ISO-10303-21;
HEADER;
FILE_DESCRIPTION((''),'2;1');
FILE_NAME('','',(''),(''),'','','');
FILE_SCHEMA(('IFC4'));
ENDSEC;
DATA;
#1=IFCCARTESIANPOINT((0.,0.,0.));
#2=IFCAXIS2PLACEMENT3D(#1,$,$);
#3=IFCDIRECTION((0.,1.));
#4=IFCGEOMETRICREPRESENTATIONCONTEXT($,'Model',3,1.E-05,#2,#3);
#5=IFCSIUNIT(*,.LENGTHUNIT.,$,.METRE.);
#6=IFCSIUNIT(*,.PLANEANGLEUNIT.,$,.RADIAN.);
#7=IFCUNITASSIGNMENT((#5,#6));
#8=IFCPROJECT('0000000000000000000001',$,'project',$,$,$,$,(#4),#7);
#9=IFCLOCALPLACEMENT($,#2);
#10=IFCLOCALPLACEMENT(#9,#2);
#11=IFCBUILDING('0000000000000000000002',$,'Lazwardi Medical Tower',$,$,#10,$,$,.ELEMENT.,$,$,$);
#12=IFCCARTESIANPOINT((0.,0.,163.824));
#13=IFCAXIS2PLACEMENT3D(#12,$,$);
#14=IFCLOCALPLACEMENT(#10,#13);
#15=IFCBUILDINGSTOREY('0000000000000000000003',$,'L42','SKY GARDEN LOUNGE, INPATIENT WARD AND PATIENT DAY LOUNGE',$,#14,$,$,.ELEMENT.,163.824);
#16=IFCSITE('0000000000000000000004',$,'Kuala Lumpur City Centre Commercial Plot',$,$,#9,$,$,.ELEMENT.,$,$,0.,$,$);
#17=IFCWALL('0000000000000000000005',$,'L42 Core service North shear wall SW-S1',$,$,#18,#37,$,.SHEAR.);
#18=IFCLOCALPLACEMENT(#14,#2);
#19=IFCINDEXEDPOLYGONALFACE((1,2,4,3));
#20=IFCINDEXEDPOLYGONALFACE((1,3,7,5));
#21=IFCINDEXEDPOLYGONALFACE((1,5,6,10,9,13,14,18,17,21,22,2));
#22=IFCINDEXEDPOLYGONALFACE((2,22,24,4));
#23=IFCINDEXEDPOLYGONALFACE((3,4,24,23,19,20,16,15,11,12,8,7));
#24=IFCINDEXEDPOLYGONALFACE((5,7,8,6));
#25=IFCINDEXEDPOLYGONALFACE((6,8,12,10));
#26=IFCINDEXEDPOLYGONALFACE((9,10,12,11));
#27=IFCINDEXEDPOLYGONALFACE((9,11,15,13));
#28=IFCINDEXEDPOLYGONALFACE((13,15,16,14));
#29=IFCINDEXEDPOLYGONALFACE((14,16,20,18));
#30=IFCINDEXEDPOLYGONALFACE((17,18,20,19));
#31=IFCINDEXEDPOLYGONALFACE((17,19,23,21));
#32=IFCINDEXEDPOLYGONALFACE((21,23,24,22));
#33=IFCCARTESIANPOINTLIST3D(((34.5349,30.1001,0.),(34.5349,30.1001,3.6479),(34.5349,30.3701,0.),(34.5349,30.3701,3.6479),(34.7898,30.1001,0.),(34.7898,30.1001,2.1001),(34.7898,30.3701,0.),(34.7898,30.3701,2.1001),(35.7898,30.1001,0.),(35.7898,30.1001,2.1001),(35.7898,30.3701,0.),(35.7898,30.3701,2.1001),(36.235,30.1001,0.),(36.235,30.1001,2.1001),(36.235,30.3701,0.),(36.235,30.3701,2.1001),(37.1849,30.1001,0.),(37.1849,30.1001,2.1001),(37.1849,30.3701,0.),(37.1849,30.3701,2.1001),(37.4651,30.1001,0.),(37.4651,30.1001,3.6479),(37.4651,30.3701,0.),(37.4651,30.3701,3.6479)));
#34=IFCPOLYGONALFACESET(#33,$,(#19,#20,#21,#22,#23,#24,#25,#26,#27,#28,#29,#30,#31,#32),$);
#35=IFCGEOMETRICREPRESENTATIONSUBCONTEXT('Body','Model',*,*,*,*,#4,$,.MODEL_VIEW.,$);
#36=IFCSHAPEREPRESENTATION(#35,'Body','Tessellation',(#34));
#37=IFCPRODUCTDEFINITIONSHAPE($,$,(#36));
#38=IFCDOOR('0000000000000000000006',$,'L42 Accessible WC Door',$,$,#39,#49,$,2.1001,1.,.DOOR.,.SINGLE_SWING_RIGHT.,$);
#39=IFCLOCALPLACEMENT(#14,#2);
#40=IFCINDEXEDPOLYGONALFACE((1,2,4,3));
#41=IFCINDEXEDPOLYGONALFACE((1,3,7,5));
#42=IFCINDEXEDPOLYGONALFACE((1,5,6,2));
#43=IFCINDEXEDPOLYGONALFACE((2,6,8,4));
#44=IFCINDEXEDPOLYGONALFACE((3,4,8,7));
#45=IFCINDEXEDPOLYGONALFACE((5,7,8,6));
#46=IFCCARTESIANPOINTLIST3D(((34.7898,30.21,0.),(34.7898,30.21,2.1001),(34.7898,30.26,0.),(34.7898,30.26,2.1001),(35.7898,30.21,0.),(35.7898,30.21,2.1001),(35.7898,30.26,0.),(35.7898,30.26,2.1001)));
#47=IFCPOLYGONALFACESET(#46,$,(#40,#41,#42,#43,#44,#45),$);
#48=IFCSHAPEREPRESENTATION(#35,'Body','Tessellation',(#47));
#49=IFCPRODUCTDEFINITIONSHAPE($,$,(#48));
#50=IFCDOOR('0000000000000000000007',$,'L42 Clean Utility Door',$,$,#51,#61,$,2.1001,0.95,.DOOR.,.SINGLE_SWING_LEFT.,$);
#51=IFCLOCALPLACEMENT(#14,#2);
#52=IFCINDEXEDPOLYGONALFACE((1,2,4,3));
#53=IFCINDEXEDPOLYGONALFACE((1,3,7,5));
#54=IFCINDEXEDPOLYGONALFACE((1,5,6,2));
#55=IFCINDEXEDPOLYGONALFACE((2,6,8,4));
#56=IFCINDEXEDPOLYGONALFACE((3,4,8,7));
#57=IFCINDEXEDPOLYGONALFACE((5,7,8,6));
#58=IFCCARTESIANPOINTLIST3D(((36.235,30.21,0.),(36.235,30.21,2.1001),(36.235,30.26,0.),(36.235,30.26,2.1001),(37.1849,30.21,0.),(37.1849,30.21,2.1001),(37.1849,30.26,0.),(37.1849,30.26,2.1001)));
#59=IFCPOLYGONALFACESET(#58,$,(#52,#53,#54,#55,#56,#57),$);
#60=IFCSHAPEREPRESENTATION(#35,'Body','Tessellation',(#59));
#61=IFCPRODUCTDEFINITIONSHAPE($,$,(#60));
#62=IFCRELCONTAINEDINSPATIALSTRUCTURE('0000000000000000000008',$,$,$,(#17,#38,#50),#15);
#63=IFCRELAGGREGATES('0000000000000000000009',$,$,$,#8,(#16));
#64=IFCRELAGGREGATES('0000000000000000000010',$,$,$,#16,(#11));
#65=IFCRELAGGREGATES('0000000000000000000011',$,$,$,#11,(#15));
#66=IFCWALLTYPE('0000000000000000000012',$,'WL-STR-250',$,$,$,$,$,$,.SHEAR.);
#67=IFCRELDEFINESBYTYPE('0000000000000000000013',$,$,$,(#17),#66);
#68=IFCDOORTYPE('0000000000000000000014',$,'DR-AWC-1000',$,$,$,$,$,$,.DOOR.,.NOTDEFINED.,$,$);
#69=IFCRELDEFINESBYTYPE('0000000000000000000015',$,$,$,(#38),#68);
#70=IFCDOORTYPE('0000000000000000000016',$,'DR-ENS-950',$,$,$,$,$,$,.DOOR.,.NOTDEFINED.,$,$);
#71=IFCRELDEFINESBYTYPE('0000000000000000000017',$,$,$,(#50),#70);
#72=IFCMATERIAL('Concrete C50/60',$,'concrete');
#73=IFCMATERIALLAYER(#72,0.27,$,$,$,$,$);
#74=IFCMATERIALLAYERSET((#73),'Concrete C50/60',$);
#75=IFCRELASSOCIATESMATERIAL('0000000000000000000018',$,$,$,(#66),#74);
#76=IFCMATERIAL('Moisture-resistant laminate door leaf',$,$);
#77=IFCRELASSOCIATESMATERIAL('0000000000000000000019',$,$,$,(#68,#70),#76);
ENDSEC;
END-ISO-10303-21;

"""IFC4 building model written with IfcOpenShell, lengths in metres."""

from ifc_helpers import new_model, si_unit, direction, frame, frame_2d, origin, place, context, subcontext, project, spatial, rectangle, extrude, material, layer, layer_set, type_object, element, fill, save


model = new_model("IFC4")

# Units and contexts
model_context = context("Model", 3, precision=1e-05, world=origin(), true_north=direction((0.0, 1.0)))
body_context = subcontext(model_context, "Body", "Model", "MODEL_VIEW")
ifc_project = project(units=[si_unit("LENGTHUNIT", "METRE"), si_unit("PLANEANGLEUNIT", "RADIAN")], contexts=[model_context])

# Site, building, storey
site_placement = place(None, origin())
site = spatial("IfcSite", under=ifc_project, at=site_placement, Name="Kuala Lumpur City Centre Commercial Plot", CompositionType="ELEMENT", RefElevation=0.0)
building_placement = place(site_placement, origin())
building = spatial("IfcBuilding", under=site, at=building_placement, Name="Lazwardi Medical Tower", CompositionType="ELEMENT")
storey_placement = place(building_placement, frame((0.0, 0.0, 163.824)))
storey = spatial("IfcBuildingStorey", under=building, at=storey_placement, Name="L42", Description="SKY GARDEN LOUNGE, INPATIENT WARD AND PATIENT DAY LOUNGE", CompositionType="ELEMENT", Elevation=163.824)

# Shared definitions
ifc_material_1 = material(Name="Concrete C50/60", Category="concrete")
ifc_layer_1 = layer(ifc_material_1, 0.27)
ifc_layer_set_1 = layer_set([ifc_layer_1], Name="Concrete C50/60")
wall_type_1 = type_object("IfcWallType", Name="WL-STR-250", PredefinedType="SHEAR", material=ifc_layer_set_1)

# Wall, openings, doors
wall_1_placement = place(storey_placement, frame((34.5349, 30.2351, 0.0), z_axis=(0.0, 0.0, 1.0), x_axis=(1.0, 0.0, 0.0)))
wall_1 = element("IfcWall", 1, at=wall_1_placement, inside=storey, type_object=wall_type_1, Name="L42 Core service North shear wall SW-S1", PredefinedType="SHEAR", context=body_context, shape_type="SweptSolid", body=[
    extrude(rectangle(XDim=2.9302, YDim=0.27, at=frame_2d((1.4651, 0.0))), origin(), (0.0, 0.0, 1.0), 3.6479),
])
opening_1_placement = place(wall_1_placement, frame((0.2549, 0.0, 0.0)))
opening_1 = element("IfcOpeningElement", 2, at=opening_1_placement, cuts=wall_1, PredefinedType="OPENING", context=body_context, shape_type="SweptSolid", body=[
    extrude(rectangle(XDim=1.0, YDim=2.1001, at=frame_2d((0.5, 1.05))), frame((0.0, 0.145, 0.0), z_axis=(0.0, -1.0, 0.0), x_axis=(1.0, 0.0, 0.0)), (0.0, 0.0, 1.0), 0.29),
])
opening_2_placement = place(wall_1_placement, frame((1.7, 0.0, 0.0)))
opening_2 = element("IfcOpeningElement", 3, at=opening_2_placement, cuts=wall_1, PredefinedType="OPENING", context=body_context, shape_type="SweptSolid", body=[
    extrude(rectangle(XDim=0.95, YDim=2.1001, at=frame_2d((0.4751, 1.05))), frame((0.0, 0.145, 0.0), z_axis=(0.0, -1.0, 0.0), x_axis=(1.0, 0.0, 0.0)), (0.0, 0.0, 1.0), 0.29),
])
ifc_material_2 = material(Name="Moisture-resistant laminate door leaf")
door_type_1 = type_object("IfcDoorType", Name="DR-AWC-1000", OperationType="NOTDEFINED", PredefinedType="DOOR", material=ifc_material_2)
door_1_placement = place(opening_1_placement, origin())
door_1 = element("IfcDoor", 4, at=door_1_placement, inside=storey, type_object=door_type_1, Name="L42 Accessible WC Door", OperationType="SINGLE_SWING_RIGHT", OverallHeight=2.1001, OverallWidth=1.0, PredefinedType="DOOR", context=body_context, shape_type="SweptSolid", body=[
    extrude(rectangle(XDim=1.0, YDim=2.1001, at=frame_2d((0.5, 1.05))), frame((0.0, 0.0249, 0.0), z_axis=(0.0, -1.0, 0.0), x_axis=(1.0, 0.0, 0.0)), (0.0, 0.0, 1.0), 0.05),
])
fill(opening_1, door_1)
door_type_2 = type_object("IfcDoorType", Name="DR-ENS-950", OperationType="NOTDEFINED", PredefinedType="DOOR", material=ifc_material_2)
door_2_placement = place(opening_2_placement, origin())
door_2 = element("IfcDoor", 5, at=door_2_placement, inside=storey, type_object=door_type_2, Name="L42 Clean Utility Door", OperationType="SINGLE_SWING_LEFT", OverallHeight=2.1001, OverallWidth=0.95, PredefinedType="DOOR", context=body_context, shape_type="SweptSolid", body=[
    extrude(rectangle(XDim=0.95, YDim=2.1001, at=frame_2d((0.4751, 1.05))), frame((0.0, 0.0249, 0.0), z_axis=(0.0, -1.0, 0.0), x_axis=(1.0, 0.0, 0.0)), (0.0, 0.0, 1.0), 0.05),
])
fill(opening_2, door_2)

save(model, "model.ifc")
